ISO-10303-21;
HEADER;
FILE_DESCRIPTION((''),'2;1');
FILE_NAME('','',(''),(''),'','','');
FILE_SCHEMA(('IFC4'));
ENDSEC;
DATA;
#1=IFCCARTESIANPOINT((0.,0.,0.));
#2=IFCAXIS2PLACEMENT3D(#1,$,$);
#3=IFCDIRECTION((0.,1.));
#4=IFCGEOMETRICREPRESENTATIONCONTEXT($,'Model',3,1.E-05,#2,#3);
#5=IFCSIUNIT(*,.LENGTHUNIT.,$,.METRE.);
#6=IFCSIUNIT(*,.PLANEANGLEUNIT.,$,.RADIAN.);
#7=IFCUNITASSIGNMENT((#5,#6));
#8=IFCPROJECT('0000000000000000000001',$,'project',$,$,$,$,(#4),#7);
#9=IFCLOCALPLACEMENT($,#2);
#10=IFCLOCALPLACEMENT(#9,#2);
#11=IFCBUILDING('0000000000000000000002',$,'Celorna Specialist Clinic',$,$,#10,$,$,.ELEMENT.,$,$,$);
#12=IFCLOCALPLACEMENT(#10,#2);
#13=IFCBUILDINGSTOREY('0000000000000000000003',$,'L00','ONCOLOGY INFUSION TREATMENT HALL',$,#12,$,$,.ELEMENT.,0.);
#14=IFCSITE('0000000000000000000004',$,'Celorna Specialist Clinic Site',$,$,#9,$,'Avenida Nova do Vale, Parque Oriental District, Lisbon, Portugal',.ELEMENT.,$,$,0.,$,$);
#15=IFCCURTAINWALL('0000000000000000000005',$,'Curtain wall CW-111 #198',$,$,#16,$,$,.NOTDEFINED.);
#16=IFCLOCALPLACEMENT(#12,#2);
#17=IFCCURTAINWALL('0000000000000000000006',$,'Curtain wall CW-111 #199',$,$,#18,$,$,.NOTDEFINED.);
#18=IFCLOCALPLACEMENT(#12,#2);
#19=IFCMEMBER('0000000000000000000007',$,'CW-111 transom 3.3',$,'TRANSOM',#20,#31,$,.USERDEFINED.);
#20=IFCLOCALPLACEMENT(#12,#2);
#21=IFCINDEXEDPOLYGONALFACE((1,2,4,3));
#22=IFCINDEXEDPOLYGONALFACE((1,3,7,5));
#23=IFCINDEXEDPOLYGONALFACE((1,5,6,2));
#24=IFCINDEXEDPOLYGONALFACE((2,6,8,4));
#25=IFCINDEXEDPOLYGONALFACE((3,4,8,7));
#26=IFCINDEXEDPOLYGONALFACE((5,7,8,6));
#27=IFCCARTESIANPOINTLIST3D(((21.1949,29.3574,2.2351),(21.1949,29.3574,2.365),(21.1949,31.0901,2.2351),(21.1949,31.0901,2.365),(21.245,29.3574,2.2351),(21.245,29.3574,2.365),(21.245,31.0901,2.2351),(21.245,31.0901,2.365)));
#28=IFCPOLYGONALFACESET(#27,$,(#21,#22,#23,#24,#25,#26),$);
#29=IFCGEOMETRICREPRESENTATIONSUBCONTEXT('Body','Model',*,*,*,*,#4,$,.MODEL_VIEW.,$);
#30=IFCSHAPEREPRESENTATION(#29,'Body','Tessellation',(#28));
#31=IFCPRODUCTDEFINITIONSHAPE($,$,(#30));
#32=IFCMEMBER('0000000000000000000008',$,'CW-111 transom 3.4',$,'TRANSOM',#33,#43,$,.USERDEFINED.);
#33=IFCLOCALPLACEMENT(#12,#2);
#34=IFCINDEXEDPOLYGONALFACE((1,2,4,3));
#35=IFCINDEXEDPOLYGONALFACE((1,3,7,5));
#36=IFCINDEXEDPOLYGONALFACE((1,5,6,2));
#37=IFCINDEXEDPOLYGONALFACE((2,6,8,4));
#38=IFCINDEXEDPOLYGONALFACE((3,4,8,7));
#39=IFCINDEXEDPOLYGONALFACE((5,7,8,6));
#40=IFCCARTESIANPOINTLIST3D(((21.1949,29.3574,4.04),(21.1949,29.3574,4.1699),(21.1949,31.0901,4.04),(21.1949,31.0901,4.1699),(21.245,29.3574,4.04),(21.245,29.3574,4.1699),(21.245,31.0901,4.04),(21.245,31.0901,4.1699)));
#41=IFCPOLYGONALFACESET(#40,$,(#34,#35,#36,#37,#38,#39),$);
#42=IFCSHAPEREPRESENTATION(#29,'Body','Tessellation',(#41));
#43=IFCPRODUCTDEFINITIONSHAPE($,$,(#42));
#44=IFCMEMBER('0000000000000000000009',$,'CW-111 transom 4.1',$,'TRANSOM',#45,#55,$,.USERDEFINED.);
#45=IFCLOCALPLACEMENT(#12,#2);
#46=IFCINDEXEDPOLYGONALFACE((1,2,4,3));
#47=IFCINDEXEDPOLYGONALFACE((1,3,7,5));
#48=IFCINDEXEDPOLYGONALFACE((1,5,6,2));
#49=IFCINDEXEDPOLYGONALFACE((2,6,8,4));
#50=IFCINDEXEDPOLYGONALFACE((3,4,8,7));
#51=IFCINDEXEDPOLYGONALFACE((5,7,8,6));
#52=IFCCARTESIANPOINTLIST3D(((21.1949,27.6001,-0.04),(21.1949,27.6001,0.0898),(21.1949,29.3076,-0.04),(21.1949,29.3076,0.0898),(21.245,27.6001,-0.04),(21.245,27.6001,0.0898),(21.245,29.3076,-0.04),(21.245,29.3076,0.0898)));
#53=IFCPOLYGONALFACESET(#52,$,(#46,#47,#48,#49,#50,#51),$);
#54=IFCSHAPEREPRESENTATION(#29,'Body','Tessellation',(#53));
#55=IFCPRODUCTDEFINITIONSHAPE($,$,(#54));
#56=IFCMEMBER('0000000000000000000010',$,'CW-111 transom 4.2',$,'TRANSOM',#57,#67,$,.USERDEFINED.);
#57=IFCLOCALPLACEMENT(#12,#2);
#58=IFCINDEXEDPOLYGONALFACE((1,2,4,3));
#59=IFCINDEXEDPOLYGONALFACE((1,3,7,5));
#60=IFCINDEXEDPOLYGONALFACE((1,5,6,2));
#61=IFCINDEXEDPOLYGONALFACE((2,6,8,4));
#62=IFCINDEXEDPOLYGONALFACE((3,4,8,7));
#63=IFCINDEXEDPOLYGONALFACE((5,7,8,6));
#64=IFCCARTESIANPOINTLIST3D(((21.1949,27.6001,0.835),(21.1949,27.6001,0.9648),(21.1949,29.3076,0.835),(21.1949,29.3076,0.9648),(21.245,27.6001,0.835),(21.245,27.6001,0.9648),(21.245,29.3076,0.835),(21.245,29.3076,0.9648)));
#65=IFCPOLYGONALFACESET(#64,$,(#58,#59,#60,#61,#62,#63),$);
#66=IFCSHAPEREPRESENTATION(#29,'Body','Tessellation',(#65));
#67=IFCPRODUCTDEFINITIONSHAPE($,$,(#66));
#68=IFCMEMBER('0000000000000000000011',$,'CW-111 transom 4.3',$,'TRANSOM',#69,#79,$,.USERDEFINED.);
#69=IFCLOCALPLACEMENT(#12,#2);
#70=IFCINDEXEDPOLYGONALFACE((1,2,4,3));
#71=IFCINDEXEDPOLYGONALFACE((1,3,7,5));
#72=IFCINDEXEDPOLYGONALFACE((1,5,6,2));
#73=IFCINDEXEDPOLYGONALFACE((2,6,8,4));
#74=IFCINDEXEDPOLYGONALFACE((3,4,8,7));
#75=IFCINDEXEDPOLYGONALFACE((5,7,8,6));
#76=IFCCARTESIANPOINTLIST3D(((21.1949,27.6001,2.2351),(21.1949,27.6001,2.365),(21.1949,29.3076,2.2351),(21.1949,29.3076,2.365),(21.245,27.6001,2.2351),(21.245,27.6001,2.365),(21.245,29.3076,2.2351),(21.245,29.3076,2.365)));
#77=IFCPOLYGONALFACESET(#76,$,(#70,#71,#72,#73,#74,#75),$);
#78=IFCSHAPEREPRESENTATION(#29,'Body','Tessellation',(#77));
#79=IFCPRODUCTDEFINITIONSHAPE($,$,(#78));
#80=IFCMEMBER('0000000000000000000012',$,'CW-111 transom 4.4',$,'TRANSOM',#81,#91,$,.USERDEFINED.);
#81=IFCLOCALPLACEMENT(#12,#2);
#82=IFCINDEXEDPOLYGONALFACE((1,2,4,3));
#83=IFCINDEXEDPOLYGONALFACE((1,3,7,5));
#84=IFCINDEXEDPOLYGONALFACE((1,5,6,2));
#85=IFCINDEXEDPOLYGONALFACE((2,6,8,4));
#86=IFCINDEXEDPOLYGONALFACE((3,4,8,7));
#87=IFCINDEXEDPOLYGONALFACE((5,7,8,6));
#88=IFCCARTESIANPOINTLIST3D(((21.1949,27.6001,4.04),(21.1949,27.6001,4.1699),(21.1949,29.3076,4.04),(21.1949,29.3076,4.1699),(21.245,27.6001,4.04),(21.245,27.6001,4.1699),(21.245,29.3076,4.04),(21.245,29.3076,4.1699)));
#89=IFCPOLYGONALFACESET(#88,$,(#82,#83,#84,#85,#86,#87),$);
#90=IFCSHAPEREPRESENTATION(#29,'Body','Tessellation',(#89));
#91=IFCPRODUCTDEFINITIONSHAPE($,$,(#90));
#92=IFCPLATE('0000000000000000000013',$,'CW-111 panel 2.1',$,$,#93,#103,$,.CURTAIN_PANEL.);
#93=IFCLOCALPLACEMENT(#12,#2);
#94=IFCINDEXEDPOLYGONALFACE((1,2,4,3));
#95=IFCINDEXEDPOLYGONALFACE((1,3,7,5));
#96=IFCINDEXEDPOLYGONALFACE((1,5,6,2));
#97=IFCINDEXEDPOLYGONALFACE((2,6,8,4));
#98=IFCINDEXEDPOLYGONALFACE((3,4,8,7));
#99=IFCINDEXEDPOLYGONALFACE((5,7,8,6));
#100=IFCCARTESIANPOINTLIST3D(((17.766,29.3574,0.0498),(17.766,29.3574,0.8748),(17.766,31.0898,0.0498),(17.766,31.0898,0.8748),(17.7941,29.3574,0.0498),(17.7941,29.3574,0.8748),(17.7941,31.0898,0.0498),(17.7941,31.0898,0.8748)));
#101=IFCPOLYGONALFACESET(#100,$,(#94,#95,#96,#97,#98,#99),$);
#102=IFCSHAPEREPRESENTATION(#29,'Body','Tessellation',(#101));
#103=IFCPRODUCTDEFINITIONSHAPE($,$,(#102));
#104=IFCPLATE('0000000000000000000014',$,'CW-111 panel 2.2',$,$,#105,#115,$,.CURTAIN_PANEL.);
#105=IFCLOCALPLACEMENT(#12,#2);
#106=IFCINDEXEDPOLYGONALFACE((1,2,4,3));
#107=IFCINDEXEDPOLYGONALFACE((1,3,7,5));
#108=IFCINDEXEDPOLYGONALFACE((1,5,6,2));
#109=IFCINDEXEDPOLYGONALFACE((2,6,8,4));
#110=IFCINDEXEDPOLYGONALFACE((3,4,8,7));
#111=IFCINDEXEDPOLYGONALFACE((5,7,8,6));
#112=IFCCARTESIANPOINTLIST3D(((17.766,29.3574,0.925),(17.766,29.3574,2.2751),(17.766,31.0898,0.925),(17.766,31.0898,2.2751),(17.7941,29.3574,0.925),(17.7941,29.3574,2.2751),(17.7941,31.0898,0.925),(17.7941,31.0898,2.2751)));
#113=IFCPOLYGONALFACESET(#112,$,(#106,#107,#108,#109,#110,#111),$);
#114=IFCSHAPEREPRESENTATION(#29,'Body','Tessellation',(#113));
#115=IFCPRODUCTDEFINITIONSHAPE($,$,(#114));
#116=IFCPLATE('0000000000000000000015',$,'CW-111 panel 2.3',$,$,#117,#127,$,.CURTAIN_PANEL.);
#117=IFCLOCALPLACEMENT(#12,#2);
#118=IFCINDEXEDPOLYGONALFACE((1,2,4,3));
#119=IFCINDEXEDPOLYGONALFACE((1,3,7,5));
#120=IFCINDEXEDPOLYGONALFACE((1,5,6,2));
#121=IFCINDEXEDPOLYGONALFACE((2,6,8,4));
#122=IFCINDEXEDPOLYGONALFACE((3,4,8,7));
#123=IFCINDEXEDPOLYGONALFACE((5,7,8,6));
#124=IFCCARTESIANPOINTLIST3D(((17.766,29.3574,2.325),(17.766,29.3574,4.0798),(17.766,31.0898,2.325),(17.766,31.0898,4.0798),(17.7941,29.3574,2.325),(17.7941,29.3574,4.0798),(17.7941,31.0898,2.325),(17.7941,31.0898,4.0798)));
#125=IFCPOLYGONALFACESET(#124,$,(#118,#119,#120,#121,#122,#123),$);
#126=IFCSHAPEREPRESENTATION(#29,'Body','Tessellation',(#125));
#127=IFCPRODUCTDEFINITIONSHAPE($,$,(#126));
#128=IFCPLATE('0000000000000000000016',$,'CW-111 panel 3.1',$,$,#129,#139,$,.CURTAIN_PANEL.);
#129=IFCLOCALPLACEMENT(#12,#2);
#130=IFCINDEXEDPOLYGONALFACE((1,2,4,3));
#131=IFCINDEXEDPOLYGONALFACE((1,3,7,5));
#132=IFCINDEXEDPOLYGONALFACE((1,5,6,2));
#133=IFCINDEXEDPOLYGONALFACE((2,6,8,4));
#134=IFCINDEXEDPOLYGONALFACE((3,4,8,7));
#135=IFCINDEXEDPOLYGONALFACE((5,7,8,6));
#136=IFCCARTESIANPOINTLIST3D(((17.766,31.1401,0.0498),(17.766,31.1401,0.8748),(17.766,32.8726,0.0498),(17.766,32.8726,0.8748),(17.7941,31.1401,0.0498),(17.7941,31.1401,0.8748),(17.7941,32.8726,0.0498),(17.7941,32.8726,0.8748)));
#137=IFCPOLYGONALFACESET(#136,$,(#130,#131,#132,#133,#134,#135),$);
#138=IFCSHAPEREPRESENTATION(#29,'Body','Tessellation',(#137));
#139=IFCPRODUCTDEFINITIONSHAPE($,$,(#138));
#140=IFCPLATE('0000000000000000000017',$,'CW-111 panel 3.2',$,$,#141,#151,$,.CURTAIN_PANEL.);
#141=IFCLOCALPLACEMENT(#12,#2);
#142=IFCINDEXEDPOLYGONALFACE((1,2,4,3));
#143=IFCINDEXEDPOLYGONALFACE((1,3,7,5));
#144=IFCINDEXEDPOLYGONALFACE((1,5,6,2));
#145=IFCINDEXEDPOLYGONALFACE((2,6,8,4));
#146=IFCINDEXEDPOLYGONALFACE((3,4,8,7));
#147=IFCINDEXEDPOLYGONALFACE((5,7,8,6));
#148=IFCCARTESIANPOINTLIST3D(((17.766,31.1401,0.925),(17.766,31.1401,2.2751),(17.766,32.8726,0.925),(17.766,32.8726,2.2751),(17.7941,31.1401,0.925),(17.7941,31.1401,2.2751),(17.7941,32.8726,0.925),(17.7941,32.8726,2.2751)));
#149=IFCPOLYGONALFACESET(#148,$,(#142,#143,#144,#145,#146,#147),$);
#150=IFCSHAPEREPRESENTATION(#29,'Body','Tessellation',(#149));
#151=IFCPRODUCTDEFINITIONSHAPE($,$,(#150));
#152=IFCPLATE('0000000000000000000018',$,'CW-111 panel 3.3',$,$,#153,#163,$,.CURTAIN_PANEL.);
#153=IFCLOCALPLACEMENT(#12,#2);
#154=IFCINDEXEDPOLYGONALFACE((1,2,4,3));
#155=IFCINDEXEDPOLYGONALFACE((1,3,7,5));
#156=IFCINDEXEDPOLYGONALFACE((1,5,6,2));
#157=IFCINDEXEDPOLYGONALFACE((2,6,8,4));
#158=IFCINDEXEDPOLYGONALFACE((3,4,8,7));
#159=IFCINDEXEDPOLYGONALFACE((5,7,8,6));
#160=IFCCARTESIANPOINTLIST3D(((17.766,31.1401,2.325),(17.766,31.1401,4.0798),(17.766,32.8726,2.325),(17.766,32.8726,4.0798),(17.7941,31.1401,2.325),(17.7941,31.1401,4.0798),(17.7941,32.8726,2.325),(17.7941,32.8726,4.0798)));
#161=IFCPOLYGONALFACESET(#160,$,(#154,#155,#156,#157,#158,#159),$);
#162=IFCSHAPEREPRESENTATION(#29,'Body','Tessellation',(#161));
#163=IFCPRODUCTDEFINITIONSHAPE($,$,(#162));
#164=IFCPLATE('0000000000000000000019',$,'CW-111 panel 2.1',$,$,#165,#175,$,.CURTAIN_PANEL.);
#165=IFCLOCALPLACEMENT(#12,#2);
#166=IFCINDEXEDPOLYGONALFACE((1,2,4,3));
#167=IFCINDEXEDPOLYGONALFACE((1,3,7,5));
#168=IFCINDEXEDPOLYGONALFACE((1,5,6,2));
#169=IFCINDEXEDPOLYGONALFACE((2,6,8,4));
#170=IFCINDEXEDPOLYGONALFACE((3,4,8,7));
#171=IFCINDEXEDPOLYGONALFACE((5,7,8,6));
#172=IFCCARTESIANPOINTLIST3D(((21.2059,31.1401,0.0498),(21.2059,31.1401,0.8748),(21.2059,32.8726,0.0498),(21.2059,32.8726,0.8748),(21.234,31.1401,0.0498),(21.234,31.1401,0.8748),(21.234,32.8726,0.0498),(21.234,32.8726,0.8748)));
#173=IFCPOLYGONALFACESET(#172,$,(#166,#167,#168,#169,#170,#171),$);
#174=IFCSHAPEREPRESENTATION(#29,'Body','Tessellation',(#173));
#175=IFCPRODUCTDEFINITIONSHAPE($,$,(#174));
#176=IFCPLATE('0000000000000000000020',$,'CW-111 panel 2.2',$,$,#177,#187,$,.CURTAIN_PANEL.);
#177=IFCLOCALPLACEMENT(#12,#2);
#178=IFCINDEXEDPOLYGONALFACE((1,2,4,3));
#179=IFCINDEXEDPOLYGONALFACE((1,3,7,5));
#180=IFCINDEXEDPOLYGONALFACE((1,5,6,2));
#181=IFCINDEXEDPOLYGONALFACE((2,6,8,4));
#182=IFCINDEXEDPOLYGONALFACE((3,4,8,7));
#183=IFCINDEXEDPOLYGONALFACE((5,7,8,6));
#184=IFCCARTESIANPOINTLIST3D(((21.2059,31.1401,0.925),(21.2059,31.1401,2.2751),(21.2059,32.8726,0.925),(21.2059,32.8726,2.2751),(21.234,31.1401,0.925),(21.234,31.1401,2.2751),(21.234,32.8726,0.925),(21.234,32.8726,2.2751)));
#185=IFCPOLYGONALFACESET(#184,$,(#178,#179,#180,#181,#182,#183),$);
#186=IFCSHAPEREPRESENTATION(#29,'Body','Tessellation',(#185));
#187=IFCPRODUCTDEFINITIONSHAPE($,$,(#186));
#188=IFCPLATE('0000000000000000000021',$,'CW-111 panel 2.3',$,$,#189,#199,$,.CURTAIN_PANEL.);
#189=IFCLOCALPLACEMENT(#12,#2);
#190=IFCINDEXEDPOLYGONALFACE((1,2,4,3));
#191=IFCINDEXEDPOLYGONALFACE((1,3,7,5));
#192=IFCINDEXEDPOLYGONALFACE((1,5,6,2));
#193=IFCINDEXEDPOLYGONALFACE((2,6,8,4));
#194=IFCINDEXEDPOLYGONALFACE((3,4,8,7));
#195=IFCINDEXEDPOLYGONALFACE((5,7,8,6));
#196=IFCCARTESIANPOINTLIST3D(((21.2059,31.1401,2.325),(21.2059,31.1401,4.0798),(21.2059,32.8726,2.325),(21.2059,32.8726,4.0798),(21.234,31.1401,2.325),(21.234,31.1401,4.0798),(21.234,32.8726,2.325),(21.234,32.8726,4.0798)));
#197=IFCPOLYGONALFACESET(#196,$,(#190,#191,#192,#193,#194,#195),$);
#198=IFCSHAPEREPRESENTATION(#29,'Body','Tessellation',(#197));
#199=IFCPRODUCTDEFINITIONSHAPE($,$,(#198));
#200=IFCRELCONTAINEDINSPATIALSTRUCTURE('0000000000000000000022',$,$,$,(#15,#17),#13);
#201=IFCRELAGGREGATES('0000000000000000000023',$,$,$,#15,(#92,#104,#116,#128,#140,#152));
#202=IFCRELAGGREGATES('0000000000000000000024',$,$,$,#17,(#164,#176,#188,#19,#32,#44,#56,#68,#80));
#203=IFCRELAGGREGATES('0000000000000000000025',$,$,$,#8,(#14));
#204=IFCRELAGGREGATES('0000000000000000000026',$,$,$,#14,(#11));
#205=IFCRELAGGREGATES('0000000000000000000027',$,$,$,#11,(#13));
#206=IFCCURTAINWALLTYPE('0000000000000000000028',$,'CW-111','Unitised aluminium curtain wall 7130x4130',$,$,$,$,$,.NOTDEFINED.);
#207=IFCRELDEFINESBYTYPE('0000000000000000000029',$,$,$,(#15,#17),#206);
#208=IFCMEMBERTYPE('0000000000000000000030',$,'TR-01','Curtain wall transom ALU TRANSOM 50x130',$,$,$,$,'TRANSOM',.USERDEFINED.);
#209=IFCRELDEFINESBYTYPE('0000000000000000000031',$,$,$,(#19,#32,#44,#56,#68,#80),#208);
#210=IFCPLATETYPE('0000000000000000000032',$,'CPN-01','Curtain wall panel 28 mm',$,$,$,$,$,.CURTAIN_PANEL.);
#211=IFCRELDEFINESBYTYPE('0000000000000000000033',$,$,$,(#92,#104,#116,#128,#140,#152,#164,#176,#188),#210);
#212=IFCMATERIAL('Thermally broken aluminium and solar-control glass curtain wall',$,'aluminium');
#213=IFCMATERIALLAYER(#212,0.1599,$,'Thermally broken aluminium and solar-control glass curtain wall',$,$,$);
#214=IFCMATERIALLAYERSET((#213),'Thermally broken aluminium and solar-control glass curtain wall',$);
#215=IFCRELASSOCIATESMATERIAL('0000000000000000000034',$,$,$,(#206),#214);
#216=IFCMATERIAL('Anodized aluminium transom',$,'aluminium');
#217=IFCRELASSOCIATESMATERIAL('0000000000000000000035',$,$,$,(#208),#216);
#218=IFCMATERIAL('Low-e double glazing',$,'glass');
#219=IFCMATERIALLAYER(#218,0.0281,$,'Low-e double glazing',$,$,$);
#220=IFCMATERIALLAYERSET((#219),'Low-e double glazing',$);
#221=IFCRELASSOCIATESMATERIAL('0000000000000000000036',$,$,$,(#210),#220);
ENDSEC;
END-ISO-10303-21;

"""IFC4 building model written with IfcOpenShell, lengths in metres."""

from ifc_helpers import new_model, si_unit, direction, frame, origin, origin_2d, place, context, subcontext, project, spatial, rectangle, extrude, material, layer, layer_set, material_profile, profile_set, type_object, element, aggregate, save


model = new_model("IFC4")

# Units and contexts
model_context = context("Model", 3, precision=1e-05, world=origin(), true_north=direction((0.0, 1.0)))
body_context = subcontext(model_context, "Body", "Model", "MODEL_VIEW")
ifc_project = project(units=[si_unit("LENGTHUNIT", "METRE"), si_unit("PLANEANGLEUNIT", "RADIAN")], contexts=[model_context])

# Site, building, storey
site_placement = place(None, origin())
site = spatial("IfcSite", under=ifc_project, at=site_placement, Name="Celorna Specialist Clinic Site", LongName="Avenida Nova do Vale, Parque Oriental District, Lisbon, Portugal", CompositionType="ELEMENT", RefElevation=0.0)
building_placement = place(site_placement, origin())
building = spatial("IfcBuilding", under=site, at=building_placement, Name="Celorna Specialist Clinic", CompositionType="ELEMENT")
storey_placement = place(building_placement, origin())
storey = spatial("IfcBuildingStorey", under=building, at=storey_placement, Name="L00", Description="ONCOLOGY INFUSION TREATMENT HALL", CompositionType="ELEMENT", Elevation=0.0)

# Curtain walls
ifc_material_1 = material(Name="Thermally broken aluminium and solar-control glass curtain wall", Category="aluminium")
ifc_layer_1 = layer(ifc_material_1, 0.1599, Name="Thermally broken aluminium and solar-control glass curtain wall")
ifc_layer_set_1 = layer_set([ifc_layer_1], Name="Thermally broken aluminium and solar-control glass curtain wall")
curtain_wall_type = type_object("IfcCurtainWallType", Name="CW-111", Description="Unitised aluminium curtain wall 7130x4130", PredefinedType="NOTDEFINED", material=ifc_layer_set_1)
curtain_wall_1_placement = place(storey_placement, origin())
curtain_wall_1 = element("IfcCurtainWall", 1, at=curtain_wall_1_placement, inside=storey, type_object=curtain_wall_type, Name="Curtain wall CW-111 #198", PredefinedType="NOTDEFINED")
curtain_wall_2_placement = place(storey_placement, origin())
curtain_wall_2 = element("IfcCurtainWall", 2, at=curtain_wall_2_placement, inside=storey, type_object=curtain_wall_type, Name="Curtain wall CW-111 #199", PredefinedType="NOTDEFINED")

# Members
ifc_material_2 = material(Name="Anodized aluminium transom", Category="aluminium")
ifc_material_profile_1 = material_profile(ifc_material_2, rectangle(XDim=0.05, YDim=0.1299, at=origin_2d()), Name="ALU TRANSOM 50x130")
ifc_profile_set_1 = profile_set([ifc_material_profile_1], Name="Anodized aluminium transom")
member_type_1 = type_object("IfcMemberType", Name="TR-01", Description="Curtain wall transom ALU TRANSOM 50x130", ElementType="TRANSOM", PredefinedType="USERDEFINED", material=ifc_profile_set_1)
member_1_placement = place(storey_placement, frame((21.22, 31.0901, 2.3), z_axis=(0.0, -1.0, 0.0), x_axis=(1.0, 0.0, 0.0)))
member_1 = element("IfcMember", 3, at=member_1_placement, type_object=member_type_1, Name="CW-111 transom 3.3", ObjectType="TRANSOM", PredefinedType="USERDEFINED", context=body_context, shape_type="SweptSolid", body=[
    extrude(rectangle(XDim=0.05, YDim=0.1299, at=origin_2d()), origin(), (0.0, 0.0, 1.0), 1.7327),
])
member_2_placement = place(storey_placement, frame((21.22, 31.0901, 4.105), z_axis=(0.0, -1.0, 0.0), x_axis=(1.0, 0.0, 0.0)))
member_2 = element("IfcMember", 4, at=member_2_placement, type_object=member_type_1, Name="CW-111 transom 3.4", ObjectType="TRANSOM", PredefinedType="USERDEFINED", context=body_context, shape_type="SweptSolid", body=[
    extrude(rectangle(XDim=0.05, YDim=0.1299, at=origin_2d()), origin(), (0.0, 0.0, 1.0), 1.7327),
])
member_3_placement = place(storey_placement, frame((21.22, 29.3076, 0.0249), z_axis=(0.0, -1.0, 0.0), x_axis=(1.0, 0.0, 0.0)))
member_3 = element("IfcMember", 5, at=member_3_placement, type_object=member_type_1, Name="CW-111 transom 4.1", ObjectType="TRANSOM", PredefinedType="USERDEFINED", context=body_context, shape_type="SweptSolid", body=[
    extrude(rectangle(XDim=0.05, YDim=0.1299, at=origin_2d()), origin(), (0.0, 0.0, 1.0), 1.7075),
])
member_4_placement = place(storey_placement, frame((21.22, 29.3076, 0.8999), z_axis=(0.0, -1.0, 0.0), x_axis=(1.0, 0.0, 0.0)))
member_4 = element("IfcMember", 6, at=member_4_placement, type_object=member_type_1, Name="CW-111 transom 4.2", ObjectType="TRANSOM", PredefinedType="USERDEFINED", context=body_context, shape_type="SweptSolid", body=[
    extrude(rectangle(XDim=0.05, YDim=0.1299, at=origin_2d()), origin(), (0.0, 0.0, 1.0), 1.7075),
])
member_5_placement = place(storey_placement, frame((21.22, 29.3076, 2.3), z_axis=(0.0, -1.0, 0.0), x_axis=(1.0, 0.0, 0.0)))
member_5 = element("IfcMember", 7, at=member_5_placement, type_object=member_type_1, Name="CW-111 transom 4.3", ObjectType="TRANSOM", PredefinedType="USERDEFINED", context=body_context, shape_type="SweptSolid", body=[
    extrude(rectangle(XDim=0.05, YDim=0.1299, at=origin_2d()), origin(), (0.0, 0.0, 1.0), 1.7075),
])
member_6_placement = place(storey_placement, frame((21.22, 29.3076, 4.105), z_axis=(0.0, -1.0, 0.0), x_axis=(1.0, 0.0, 0.0)))
member_6 = element("IfcMember", 8, at=member_6_placement, type_object=member_type_1, Name="CW-111 transom 4.4", ObjectType="TRANSOM", PredefinedType="USERDEFINED", context=body_context, shape_type="SweptSolid", body=[
    extrude(rectangle(XDim=0.05, YDim=0.1299, at=origin_2d()), origin(), (0.0, 0.0, 1.0), 1.7075),
])

# Plates
ifc_material_3 = material(Name="Low-e double glazing", Category="glass")
ifc_layer_2 = layer(ifc_material_3, 0.0281, Name="Low-e double glazing")
ifc_layer_set_2 = layer_set([ifc_layer_2], Name="Low-e double glazing")
plate_type = type_object("IfcPlateType", Name="CPN-01", Description="Curtain wall panel 28 mm", PredefinedType="CURTAIN_PANEL", material=ifc_layer_set_2)
plate_1_placement = place(storey_placement, frame((17.78, 30.2236, 0.0498), z_axis=(0.0, 0.0, 1.0), x_axis=(0.0, 1.0, 0.0)))
plate_1 = element("IfcPlate", 9, at=plate_1_placement, type_object=plate_type, Name="CW-111 panel 2.1", PredefinedType="CURTAIN_PANEL", context=body_context, shape_type="SweptSolid", body=[
    extrude(rectangle(XDim=1.7324, YDim=0.0281, at=origin_2d()), origin(), (0.0, 0.0, 1.0), 0.825),
])
plate_2_placement = place(storey_placement, frame((17.78, 30.2236, 0.925), z_axis=(0.0, 0.0, 1.0), x_axis=(0.0, 1.0, 0.0)))
plate_2 = element("IfcPlate", 10, at=plate_2_placement, type_object=plate_type, Name="CW-111 panel 2.2", PredefinedType="CURTAIN_PANEL", context=body_context, shape_type="SweptSolid", body=[
    extrude(rectangle(XDim=1.7324, YDim=0.0281, at=origin_2d()), origin(), (0.0, 0.0, 1.0), 1.3501),
])
plate_3_placement = place(storey_placement, frame((17.78, 30.2236, 2.325), z_axis=(0.0, 0.0, 1.0), x_axis=(0.0, 1.0, 0.0)))
plate_3 = element("IfcPlate", 11, at=plate_3_placement, type_object=plate_type, Name="CW-111 panel 2.3", PredefinedType="CURTAIN_PANEL", context=body_context, shape_type="SweptSolid", body=[
    extrude(rectangle(XDim=1.7324, YDim=0.0281, at=origin_2d()), origin(), (0.0, 0.0, 1.0), 1.7549),
])
plate_4_placement = place(storey_placement, frame((17.78, 32.0063, 0.0498), z_axis=(0.0, 0.0, 1.0), x_axis=(0.0, 1.0, 0.0)))
plate_4 = element("IfcPlate", 12, at=plate_4_placement, type_object=plate_type, Name="CW-111 panel 3.1", PredefinedType="CURTAIN_PANEL", context=body_context, shape_type="SweptSolid", body=[
    extrude(rectangle(XDim=1.7324, YDim=0.0281, at=origin_2d()), origin(), (0.0, 0.0, 1.0), 0.825),
])
plate_5_placement = place(storey_placement, frame((17.78, 32.0063, 0.925), z_axis=(0.0, 0.0, 1.0), x_axis=(0.0, 1.0, 0.0)))
plate_5 = element("IfcPlate", 13, at=plate_5_placement, type_object=plate_type, Name="CW-111 panel 3.2", PredefinedType="CURTAIN_PANEL", context=body_context, shape_type="SweptSolid", body=[
    extrude(rectangle(XDim=1.7324, YDim=0.0281, at=origin_2d()), origin(), (0.0, 0.0, 1.0), 1.3501),
])
plate_6_placement = place(storey_placement, frame((17.78, 32.0063, 2.325), z_axis=(0.0, 0.0, 1.0), x_axis=(0.0, 1.0, 0.0)))
plate_6 = element("IfcPlate", 14, at=plate_6_placement, type_object=plate_type, Name="CW-111 panel 3.3", PredefinedType="CURTAIN_PANEL", context=body_context, shape_type="SweptSolid", body=[
    extrude(rectangle(XDim=1.7324, YDim=0.0281, at=origin_2d()), origin(), (0.0, 0.0, 1.0), 1.7549),
])
aggregate(curtain_wall_1, [plate_1, plate_2, plate_3, plate_4, plate_5, plate_6])
plate_7_placement = place(storey_placement, frame((21.22, 32.0063, 0.0498), z_axis=(0.0, 0.0, 1.0), x_axis=(0.0, -1.0, 0.0)))
plate_7 = element("IfcPlate", 15, at=plate_7_placement, type_object=plate_type, Name="CW-111 panel 2.1", PredefinedType="CURTAIN_PANEL", context=body_context, shape_type="SweptSolid", body=[
    extrude(rectangle(XDim=1.7324, YDim=0.0281, at=origin_2d()), origin(), (0.0, 0.0, 1.0), 0.825),
])
plate_8_placement = place(storey_placement, frame((21.22, 32.0063, 0.925), z_axis=(0.0, 0.0, 1.0), x_axis=(0.0, -1.0, 0.0)))
plate_8 = element("IfcPlate", 16, at=plate_8_placement, type_object=plate_type, Name="CW-111 panel 2.2", PredefinedType="CURTAIN_PANEL", context=body_context, shape_type="SweptSolid", body=[
    extrude(rectangle(XDim=1.7324, YDim=0.0281, at=origin_2d()), origin(), (0.0, 0.0, 1.0), 1.3501),
])
plate_9_placement = place(storey_placement, frame((21.22, 32.0063, 2.325), z_axis=(0.0, 0.0, 1.0), x_axis=(0.0, -1.0, 0.0)))
plate_9 = element("IfcPlate", 17, at=plate_9_placement, type_object=plate_type, Name="CW-111 panel 2.3", PredefinedType="CURTAIN_PANEL", context=body_context, shape_type="SweptSolid", body=[
    extrude(rectangle(XDim=1.7324, YDim=0.0281, at=origin_2d()), origin(), (0.0, 0.0, 1.0), 1.7549),
])
aggregate(curtain_wall_2, [plate_7, plate_8, plate_9, member_1, member_2, member_3, member_4, member_5, member_6])

save(model, "model.ifc")
